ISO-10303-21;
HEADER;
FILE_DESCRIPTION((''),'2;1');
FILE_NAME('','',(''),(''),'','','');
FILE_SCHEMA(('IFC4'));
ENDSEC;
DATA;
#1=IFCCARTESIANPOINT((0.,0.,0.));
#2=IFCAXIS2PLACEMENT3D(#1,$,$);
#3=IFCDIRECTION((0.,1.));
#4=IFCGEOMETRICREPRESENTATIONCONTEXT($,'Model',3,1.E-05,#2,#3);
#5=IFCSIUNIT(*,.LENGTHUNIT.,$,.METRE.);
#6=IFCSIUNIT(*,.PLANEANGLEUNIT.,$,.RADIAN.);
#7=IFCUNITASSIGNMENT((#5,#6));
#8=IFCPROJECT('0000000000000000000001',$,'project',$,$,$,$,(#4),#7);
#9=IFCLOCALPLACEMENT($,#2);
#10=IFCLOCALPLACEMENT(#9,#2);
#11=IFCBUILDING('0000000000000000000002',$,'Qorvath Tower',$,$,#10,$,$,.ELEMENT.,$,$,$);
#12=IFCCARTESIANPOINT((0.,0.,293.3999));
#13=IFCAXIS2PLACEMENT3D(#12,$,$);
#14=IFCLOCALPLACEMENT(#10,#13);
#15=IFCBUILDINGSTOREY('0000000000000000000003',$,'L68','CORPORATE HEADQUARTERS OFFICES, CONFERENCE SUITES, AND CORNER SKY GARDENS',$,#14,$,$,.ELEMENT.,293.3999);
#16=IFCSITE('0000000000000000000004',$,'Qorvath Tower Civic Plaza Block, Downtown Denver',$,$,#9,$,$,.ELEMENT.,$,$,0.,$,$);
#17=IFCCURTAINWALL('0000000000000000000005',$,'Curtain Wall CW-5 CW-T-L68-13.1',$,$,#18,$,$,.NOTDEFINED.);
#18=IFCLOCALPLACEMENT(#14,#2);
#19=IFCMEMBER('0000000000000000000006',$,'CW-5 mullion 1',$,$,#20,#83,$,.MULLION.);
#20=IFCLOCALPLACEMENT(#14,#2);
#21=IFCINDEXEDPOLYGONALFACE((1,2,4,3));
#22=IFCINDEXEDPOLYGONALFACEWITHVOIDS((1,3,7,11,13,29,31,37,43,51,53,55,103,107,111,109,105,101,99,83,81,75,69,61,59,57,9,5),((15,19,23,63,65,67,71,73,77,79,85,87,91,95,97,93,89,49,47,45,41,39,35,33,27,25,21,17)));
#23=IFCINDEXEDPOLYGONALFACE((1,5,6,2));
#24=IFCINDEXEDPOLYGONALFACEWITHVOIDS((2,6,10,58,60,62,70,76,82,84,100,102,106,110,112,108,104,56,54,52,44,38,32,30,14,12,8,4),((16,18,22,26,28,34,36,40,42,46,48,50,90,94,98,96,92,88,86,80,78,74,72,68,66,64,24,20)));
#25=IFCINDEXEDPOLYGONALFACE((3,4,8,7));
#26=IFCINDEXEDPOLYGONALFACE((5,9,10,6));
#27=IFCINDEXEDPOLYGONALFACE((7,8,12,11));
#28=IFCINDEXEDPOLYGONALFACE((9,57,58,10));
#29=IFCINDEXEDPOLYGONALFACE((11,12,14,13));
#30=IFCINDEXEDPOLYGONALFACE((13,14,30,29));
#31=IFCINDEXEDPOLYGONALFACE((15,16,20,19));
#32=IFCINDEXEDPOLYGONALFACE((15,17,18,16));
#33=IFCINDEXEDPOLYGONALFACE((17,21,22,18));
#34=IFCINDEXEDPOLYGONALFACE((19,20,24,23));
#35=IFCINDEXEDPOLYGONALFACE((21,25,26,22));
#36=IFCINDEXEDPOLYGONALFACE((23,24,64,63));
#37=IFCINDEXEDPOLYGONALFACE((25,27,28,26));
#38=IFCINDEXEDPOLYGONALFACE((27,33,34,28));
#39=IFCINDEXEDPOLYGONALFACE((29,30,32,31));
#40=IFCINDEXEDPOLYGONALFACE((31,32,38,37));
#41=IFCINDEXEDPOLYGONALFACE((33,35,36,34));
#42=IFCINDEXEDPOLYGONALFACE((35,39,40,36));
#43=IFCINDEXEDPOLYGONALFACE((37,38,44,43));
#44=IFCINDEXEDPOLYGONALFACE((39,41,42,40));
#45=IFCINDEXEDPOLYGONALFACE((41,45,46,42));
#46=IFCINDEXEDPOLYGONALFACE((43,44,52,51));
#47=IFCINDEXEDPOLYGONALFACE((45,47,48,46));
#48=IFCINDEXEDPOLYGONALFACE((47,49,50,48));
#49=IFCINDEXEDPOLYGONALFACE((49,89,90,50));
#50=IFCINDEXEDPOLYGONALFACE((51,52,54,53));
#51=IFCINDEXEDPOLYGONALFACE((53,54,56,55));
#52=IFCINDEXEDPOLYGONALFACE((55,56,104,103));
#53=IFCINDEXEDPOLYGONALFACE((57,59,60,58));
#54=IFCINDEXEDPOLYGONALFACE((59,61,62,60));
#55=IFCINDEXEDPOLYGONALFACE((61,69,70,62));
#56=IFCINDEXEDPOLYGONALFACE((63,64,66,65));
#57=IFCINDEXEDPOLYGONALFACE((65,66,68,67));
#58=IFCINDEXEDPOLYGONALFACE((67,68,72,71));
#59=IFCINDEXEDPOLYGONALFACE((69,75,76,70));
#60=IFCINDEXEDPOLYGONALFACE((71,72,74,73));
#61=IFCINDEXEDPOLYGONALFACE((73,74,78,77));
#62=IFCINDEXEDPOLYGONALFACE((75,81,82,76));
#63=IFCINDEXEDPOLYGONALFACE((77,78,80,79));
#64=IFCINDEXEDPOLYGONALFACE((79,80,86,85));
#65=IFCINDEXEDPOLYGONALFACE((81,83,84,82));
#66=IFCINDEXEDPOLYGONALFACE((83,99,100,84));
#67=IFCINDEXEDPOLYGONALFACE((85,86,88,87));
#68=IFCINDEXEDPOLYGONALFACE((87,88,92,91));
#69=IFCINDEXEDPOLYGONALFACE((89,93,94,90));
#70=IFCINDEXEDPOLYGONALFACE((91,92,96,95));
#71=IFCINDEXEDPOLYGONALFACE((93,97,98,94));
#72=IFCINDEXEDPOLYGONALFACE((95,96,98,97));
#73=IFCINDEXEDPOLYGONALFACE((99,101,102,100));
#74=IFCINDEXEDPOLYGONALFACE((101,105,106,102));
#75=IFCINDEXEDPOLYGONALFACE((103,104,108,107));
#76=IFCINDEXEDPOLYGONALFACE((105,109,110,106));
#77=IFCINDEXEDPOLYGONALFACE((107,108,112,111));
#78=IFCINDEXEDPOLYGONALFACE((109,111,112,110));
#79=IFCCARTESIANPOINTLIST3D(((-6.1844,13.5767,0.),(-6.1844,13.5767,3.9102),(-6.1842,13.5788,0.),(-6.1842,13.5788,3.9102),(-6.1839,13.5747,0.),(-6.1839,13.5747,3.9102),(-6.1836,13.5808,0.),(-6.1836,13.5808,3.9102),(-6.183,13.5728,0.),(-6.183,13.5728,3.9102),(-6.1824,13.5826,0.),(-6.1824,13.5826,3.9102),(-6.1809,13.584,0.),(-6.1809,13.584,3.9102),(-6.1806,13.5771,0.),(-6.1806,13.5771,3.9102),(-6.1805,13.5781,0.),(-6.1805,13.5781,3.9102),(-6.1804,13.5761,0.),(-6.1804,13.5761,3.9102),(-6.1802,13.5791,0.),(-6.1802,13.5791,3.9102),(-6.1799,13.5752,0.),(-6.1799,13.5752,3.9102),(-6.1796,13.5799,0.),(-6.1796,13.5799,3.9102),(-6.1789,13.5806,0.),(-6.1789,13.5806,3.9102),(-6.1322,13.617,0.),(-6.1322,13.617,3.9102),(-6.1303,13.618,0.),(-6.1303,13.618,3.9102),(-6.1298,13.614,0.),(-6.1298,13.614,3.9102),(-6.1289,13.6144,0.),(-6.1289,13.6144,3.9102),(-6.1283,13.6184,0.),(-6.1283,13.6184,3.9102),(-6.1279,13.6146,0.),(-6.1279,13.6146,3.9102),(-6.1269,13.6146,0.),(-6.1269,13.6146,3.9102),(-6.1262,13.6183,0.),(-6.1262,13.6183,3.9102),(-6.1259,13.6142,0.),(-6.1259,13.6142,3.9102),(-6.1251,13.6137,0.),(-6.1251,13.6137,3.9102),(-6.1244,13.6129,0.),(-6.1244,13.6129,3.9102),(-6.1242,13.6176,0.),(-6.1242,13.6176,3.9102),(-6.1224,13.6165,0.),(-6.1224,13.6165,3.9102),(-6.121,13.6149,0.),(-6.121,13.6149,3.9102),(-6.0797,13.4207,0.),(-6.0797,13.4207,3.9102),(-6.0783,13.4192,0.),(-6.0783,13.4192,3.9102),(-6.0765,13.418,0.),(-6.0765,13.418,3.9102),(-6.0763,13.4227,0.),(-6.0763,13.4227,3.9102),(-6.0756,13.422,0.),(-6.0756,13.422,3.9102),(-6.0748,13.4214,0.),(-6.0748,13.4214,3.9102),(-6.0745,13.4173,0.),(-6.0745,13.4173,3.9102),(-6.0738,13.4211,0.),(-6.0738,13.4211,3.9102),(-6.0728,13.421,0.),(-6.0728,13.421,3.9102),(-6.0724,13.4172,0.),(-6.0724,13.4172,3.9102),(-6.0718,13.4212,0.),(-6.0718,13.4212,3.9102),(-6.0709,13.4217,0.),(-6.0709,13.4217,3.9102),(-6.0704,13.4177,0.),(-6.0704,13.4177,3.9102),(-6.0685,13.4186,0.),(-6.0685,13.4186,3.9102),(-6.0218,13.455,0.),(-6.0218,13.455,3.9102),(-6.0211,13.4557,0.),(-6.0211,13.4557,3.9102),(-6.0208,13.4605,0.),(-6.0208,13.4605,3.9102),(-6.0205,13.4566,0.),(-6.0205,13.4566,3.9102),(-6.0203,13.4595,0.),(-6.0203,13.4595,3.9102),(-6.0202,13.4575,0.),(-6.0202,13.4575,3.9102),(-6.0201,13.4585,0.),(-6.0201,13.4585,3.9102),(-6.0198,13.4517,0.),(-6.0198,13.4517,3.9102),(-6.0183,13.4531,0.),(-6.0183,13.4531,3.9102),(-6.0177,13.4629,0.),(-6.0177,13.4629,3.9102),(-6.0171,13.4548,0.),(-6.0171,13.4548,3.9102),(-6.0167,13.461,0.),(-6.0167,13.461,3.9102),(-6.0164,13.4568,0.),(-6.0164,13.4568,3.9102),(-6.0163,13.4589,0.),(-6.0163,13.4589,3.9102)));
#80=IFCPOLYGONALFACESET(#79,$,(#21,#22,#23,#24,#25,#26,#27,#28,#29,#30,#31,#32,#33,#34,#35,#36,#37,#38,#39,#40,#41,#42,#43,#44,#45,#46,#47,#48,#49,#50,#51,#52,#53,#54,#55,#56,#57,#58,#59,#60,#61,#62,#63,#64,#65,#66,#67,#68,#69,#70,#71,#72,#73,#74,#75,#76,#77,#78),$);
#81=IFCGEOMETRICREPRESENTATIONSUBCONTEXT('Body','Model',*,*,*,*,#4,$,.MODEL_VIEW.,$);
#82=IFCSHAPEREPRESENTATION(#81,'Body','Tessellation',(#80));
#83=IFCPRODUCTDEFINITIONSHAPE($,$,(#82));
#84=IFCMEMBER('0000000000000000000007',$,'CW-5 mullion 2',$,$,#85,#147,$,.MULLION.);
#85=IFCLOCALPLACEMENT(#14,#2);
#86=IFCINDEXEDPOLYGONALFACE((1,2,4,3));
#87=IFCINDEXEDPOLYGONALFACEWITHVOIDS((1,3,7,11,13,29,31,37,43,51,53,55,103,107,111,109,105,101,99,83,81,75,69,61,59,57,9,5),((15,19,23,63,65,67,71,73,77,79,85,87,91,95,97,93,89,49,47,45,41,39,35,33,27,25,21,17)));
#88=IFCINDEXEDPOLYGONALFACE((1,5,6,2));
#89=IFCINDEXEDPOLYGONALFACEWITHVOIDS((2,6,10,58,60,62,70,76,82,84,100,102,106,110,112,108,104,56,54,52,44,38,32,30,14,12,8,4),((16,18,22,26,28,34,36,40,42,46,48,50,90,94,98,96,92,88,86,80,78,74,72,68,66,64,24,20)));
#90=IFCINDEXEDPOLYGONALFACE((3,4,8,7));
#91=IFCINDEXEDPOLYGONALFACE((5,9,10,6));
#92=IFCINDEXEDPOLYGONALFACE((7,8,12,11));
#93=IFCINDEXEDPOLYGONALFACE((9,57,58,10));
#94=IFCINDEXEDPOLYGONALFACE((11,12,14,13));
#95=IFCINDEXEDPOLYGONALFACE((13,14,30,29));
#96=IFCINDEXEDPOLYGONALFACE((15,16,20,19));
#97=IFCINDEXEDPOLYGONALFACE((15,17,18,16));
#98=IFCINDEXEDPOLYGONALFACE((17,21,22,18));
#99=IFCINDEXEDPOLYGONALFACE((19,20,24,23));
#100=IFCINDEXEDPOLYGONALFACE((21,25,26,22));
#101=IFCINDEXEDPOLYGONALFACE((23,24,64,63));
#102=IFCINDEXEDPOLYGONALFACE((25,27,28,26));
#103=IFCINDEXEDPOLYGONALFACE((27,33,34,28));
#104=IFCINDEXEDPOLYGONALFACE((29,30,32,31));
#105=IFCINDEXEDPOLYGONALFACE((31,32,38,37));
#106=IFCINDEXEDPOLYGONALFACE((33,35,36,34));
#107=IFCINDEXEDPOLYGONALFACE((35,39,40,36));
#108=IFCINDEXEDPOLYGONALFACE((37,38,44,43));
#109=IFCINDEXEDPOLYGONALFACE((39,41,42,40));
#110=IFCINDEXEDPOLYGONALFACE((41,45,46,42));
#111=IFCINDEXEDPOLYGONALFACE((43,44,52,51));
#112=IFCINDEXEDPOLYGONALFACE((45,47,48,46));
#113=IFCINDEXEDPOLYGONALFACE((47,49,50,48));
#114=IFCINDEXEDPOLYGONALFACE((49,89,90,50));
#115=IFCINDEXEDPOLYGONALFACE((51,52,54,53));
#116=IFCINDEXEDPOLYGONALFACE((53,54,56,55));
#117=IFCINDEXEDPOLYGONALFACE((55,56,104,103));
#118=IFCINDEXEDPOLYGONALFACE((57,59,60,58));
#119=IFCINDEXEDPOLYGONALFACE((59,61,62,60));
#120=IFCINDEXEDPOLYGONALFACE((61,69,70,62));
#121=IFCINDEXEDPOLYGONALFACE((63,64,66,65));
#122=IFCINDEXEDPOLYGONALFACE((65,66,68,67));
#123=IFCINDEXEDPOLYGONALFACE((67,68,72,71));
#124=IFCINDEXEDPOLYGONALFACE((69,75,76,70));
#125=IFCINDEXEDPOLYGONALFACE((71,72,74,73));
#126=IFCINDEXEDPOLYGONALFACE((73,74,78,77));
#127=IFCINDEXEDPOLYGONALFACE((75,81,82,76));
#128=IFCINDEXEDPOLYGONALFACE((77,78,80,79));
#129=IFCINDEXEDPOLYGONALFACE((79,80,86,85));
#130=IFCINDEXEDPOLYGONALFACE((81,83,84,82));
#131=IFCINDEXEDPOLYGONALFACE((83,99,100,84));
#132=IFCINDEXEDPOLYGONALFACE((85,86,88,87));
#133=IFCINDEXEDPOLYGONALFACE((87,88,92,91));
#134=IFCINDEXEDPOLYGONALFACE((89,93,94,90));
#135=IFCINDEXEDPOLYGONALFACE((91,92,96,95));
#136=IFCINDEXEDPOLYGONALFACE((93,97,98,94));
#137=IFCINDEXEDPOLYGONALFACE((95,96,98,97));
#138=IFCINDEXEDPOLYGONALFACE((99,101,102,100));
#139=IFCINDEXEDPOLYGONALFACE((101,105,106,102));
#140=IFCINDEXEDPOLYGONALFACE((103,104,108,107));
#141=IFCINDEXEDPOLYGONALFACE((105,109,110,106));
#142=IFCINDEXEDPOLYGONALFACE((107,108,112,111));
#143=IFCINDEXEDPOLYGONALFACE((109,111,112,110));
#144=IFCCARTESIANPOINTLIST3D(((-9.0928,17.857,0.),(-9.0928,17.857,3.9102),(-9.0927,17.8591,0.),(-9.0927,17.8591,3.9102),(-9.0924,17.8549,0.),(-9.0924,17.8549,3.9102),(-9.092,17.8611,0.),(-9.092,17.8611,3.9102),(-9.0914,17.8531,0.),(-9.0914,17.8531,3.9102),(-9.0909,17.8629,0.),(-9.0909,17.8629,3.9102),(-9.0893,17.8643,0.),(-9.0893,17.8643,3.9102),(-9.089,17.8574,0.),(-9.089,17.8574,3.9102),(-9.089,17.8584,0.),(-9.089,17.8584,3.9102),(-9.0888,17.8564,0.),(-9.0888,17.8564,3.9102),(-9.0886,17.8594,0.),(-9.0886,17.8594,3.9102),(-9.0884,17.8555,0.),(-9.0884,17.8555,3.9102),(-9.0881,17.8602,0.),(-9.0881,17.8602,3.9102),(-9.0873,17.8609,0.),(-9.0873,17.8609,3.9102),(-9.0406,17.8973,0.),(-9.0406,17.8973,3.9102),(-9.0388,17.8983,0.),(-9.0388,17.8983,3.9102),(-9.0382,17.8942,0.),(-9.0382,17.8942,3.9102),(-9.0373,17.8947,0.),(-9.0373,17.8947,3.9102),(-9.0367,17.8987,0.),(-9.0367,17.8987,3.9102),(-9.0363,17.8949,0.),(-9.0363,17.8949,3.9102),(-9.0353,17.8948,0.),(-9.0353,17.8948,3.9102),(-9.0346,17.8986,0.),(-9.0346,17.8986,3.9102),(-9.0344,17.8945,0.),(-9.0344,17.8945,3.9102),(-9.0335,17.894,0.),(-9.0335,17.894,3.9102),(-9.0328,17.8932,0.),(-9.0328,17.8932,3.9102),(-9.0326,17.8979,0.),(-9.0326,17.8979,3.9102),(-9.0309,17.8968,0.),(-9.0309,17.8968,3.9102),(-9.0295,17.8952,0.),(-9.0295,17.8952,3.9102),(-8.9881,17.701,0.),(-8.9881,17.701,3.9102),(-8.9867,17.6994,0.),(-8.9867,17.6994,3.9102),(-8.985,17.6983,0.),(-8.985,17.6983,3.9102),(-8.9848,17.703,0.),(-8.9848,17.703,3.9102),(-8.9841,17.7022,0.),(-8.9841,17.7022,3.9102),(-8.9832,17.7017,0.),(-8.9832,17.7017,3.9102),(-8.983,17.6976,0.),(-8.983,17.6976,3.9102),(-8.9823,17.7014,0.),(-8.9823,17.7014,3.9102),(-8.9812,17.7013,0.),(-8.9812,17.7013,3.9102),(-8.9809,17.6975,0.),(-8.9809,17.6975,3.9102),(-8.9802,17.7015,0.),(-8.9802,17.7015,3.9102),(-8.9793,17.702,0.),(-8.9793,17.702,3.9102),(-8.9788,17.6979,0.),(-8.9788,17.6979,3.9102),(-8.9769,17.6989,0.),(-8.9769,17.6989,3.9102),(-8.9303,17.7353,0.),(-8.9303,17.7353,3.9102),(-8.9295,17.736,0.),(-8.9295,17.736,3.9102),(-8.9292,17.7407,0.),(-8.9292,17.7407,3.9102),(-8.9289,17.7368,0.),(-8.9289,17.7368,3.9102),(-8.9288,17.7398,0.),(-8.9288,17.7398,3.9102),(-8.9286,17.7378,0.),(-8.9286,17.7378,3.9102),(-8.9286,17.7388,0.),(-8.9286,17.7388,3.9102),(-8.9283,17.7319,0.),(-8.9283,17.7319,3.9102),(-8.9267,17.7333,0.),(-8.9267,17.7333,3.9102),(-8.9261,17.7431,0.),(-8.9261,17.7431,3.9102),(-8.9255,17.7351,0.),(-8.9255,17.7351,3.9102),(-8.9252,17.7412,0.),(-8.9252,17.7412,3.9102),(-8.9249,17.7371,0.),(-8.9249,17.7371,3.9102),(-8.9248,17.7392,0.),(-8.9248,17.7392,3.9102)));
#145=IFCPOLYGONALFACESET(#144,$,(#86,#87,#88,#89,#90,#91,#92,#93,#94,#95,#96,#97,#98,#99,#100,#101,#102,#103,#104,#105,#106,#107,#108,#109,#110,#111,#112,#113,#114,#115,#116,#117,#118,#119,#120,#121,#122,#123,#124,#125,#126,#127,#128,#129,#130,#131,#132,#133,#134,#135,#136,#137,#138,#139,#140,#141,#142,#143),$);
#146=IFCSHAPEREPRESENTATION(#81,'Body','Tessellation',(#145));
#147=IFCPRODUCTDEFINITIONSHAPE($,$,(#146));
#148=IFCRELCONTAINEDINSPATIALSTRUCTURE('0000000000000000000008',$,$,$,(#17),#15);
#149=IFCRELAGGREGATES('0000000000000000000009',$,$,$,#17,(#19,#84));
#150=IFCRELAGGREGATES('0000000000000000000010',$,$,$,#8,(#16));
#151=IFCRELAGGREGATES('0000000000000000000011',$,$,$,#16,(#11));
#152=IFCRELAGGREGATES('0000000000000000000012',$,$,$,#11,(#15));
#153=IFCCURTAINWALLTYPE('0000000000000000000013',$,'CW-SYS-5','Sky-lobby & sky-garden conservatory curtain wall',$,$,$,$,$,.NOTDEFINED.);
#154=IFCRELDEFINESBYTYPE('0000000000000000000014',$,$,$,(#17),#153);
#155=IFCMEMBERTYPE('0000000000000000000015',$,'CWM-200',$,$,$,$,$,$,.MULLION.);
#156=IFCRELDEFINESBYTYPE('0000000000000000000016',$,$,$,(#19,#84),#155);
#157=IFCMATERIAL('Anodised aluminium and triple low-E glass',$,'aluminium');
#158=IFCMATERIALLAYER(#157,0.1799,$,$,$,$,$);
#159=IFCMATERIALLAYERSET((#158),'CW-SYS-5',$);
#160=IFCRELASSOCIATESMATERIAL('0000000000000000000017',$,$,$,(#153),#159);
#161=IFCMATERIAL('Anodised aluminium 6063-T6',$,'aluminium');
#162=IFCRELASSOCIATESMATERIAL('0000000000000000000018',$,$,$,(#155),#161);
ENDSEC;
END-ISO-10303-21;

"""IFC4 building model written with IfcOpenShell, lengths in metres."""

from ifc_helpers import new_model, si_unit, direction, frame, origin, origin_2d, place, context, subcontext, project, spatial, hollow_rectangle, extrude, material, layer, layer_set, material_profile, profile_set, type_object, element, aggregate, save


model = new_model("IFC4")

# Units and contexts
model_context = context("Model", 3, precision=1e-05, world=origin(), true_north=direction((0.0, 1.0)))
body_context = subcontext(model_context, "Body", "Model", "MODEL_VIEW")
ifc_project = project(units=[si_unit("LENGTHUNIT", "METRE"), si_unit("PLANEANGLEUNIT", "RADIAN")], contexts=[model_context])

# Site, building, storey
site_placement = place(None, origin())
site = spatial("IfcSite", under=ifc_project, at=site_placement, Name="Qorvath Tower Civic Plaza Block, Downtown Denver", CompositionType="ELEMENT", RefElevation=0.0)
building_placement = place(site_placement, origin())
building = spatial("IfcBuilding", under=site, at=building_placement, Name="Qorvath Tower", CompositionType="ELEMENT")
storey_placement = place(building_placement, frame((0.0, 0.0, 293.3999)))
storey = spatial("IfcBuildingStorey", under=building, at=storey_placement, Name="L68", Description="CORPORATE HEADQUARTERS OFFICES, CONFERENCE SUITES, AND CORNER SKY GARDENS", CompositionType="ELEMENT", Elevation=293.3999)

# Curtain wall, members
ifc_material_1 = material(Name="Anodised aluminium and triple low-E glass", Category="aluminium")
ifc_layer_1 = layer(ifc_material_1, 0.1799)
ifc_layer_set_1 = layer_set([ifc_layer_1], Name="CW-SYS-5")
curtain_wall_type = type_object("IfcCurtainWallType", Name="CW-SYS-5", Description="Sky-lobby & sky-garden conservatory curtain wall", PredefinedType="NOTDEFINED", material=ifc_layer_set_1)
ifc_material_2 = material(Name="Anodised aluminium 6063-T6", Category="aluminium")
ifc_material_profile_1 = material_profile(ifc_material_2, hollow_rectangle(XDim=0.075, YDim=0.2, WallThickness=0.0039, InnerFilletRadius=0.0039, OuterFilletRadius=0.0081, at=origin_2d()), Name="CWM 200x75")
ifc_profile_set_1 = profile_set([ifc_material_profile_1], Name="Anodised aluminium 6063-T6")
member_type_1 = type_object("IfcMemberType", Name="CWM-200", PredefinedType="MULLION", material=ifc_profile_set_1)
curtain_wall_1_placement = place(storey_placement, origin())
curtain_wall_1 = element("IfcCurtainWall", 1, at=curtain_wall_1_placement, inside=storey, type_object=curtain_wall_type, Name="Curtain Wall CW-5 CW-T-L68-13.1", PredefinedType="NOTDEFINED")
member_1_placement = place(storey_placement, frame((-6.1003, 13.5178, 0.0), z_axis=(0.0, 0.0, 1.0), x_axis=(-0.827127, -0.562015, 0.0)))
member_1 = element("IfcMember", 2, at=member_1_placement, type_object=member_type_1, Name="CW-5 mullion 1", PredefinedType="MULLION", context=body_context, shape_type="SweptSolid", body=[
    extrude(hollow_rectangle(XDim=0.075, YDim=0.2, WallThickness=0.0039, InnerFilletRadius=0.0039, OuterFilletRadius=0.0081, at=origin_2d()), origin(), (0.0, 0.0, 1.0), 3.9102),
])
member_2_placement = place(storey_placement, frame((-9.0088, 17.7981, 0.0), z_axis=(0.0, 0.0, 1.0), x_axis=(-0.827127, -0.562015, 0.0)))
member_2 = element("IfcMember", 3, at=member_2_placement, type_object=member_type_1, Name="CW-5 mullion 2", PredefinedType="MULLION", context=body_context, shape_type="SweptSolid", body=[
    extrude(hollow_rectangle(XDim=0.075, YDim=0.2, WallThickness=0.0039, InnerFilletRadius=0.0039, OuterFilletRadius=0.0081, at=origin_2d()), origin(), (0.0, 0.0, 1.0), 3.9102),
])

aggregate(curtain_wall_1, [member_1, member_2])

save(model, "model.ifc")
